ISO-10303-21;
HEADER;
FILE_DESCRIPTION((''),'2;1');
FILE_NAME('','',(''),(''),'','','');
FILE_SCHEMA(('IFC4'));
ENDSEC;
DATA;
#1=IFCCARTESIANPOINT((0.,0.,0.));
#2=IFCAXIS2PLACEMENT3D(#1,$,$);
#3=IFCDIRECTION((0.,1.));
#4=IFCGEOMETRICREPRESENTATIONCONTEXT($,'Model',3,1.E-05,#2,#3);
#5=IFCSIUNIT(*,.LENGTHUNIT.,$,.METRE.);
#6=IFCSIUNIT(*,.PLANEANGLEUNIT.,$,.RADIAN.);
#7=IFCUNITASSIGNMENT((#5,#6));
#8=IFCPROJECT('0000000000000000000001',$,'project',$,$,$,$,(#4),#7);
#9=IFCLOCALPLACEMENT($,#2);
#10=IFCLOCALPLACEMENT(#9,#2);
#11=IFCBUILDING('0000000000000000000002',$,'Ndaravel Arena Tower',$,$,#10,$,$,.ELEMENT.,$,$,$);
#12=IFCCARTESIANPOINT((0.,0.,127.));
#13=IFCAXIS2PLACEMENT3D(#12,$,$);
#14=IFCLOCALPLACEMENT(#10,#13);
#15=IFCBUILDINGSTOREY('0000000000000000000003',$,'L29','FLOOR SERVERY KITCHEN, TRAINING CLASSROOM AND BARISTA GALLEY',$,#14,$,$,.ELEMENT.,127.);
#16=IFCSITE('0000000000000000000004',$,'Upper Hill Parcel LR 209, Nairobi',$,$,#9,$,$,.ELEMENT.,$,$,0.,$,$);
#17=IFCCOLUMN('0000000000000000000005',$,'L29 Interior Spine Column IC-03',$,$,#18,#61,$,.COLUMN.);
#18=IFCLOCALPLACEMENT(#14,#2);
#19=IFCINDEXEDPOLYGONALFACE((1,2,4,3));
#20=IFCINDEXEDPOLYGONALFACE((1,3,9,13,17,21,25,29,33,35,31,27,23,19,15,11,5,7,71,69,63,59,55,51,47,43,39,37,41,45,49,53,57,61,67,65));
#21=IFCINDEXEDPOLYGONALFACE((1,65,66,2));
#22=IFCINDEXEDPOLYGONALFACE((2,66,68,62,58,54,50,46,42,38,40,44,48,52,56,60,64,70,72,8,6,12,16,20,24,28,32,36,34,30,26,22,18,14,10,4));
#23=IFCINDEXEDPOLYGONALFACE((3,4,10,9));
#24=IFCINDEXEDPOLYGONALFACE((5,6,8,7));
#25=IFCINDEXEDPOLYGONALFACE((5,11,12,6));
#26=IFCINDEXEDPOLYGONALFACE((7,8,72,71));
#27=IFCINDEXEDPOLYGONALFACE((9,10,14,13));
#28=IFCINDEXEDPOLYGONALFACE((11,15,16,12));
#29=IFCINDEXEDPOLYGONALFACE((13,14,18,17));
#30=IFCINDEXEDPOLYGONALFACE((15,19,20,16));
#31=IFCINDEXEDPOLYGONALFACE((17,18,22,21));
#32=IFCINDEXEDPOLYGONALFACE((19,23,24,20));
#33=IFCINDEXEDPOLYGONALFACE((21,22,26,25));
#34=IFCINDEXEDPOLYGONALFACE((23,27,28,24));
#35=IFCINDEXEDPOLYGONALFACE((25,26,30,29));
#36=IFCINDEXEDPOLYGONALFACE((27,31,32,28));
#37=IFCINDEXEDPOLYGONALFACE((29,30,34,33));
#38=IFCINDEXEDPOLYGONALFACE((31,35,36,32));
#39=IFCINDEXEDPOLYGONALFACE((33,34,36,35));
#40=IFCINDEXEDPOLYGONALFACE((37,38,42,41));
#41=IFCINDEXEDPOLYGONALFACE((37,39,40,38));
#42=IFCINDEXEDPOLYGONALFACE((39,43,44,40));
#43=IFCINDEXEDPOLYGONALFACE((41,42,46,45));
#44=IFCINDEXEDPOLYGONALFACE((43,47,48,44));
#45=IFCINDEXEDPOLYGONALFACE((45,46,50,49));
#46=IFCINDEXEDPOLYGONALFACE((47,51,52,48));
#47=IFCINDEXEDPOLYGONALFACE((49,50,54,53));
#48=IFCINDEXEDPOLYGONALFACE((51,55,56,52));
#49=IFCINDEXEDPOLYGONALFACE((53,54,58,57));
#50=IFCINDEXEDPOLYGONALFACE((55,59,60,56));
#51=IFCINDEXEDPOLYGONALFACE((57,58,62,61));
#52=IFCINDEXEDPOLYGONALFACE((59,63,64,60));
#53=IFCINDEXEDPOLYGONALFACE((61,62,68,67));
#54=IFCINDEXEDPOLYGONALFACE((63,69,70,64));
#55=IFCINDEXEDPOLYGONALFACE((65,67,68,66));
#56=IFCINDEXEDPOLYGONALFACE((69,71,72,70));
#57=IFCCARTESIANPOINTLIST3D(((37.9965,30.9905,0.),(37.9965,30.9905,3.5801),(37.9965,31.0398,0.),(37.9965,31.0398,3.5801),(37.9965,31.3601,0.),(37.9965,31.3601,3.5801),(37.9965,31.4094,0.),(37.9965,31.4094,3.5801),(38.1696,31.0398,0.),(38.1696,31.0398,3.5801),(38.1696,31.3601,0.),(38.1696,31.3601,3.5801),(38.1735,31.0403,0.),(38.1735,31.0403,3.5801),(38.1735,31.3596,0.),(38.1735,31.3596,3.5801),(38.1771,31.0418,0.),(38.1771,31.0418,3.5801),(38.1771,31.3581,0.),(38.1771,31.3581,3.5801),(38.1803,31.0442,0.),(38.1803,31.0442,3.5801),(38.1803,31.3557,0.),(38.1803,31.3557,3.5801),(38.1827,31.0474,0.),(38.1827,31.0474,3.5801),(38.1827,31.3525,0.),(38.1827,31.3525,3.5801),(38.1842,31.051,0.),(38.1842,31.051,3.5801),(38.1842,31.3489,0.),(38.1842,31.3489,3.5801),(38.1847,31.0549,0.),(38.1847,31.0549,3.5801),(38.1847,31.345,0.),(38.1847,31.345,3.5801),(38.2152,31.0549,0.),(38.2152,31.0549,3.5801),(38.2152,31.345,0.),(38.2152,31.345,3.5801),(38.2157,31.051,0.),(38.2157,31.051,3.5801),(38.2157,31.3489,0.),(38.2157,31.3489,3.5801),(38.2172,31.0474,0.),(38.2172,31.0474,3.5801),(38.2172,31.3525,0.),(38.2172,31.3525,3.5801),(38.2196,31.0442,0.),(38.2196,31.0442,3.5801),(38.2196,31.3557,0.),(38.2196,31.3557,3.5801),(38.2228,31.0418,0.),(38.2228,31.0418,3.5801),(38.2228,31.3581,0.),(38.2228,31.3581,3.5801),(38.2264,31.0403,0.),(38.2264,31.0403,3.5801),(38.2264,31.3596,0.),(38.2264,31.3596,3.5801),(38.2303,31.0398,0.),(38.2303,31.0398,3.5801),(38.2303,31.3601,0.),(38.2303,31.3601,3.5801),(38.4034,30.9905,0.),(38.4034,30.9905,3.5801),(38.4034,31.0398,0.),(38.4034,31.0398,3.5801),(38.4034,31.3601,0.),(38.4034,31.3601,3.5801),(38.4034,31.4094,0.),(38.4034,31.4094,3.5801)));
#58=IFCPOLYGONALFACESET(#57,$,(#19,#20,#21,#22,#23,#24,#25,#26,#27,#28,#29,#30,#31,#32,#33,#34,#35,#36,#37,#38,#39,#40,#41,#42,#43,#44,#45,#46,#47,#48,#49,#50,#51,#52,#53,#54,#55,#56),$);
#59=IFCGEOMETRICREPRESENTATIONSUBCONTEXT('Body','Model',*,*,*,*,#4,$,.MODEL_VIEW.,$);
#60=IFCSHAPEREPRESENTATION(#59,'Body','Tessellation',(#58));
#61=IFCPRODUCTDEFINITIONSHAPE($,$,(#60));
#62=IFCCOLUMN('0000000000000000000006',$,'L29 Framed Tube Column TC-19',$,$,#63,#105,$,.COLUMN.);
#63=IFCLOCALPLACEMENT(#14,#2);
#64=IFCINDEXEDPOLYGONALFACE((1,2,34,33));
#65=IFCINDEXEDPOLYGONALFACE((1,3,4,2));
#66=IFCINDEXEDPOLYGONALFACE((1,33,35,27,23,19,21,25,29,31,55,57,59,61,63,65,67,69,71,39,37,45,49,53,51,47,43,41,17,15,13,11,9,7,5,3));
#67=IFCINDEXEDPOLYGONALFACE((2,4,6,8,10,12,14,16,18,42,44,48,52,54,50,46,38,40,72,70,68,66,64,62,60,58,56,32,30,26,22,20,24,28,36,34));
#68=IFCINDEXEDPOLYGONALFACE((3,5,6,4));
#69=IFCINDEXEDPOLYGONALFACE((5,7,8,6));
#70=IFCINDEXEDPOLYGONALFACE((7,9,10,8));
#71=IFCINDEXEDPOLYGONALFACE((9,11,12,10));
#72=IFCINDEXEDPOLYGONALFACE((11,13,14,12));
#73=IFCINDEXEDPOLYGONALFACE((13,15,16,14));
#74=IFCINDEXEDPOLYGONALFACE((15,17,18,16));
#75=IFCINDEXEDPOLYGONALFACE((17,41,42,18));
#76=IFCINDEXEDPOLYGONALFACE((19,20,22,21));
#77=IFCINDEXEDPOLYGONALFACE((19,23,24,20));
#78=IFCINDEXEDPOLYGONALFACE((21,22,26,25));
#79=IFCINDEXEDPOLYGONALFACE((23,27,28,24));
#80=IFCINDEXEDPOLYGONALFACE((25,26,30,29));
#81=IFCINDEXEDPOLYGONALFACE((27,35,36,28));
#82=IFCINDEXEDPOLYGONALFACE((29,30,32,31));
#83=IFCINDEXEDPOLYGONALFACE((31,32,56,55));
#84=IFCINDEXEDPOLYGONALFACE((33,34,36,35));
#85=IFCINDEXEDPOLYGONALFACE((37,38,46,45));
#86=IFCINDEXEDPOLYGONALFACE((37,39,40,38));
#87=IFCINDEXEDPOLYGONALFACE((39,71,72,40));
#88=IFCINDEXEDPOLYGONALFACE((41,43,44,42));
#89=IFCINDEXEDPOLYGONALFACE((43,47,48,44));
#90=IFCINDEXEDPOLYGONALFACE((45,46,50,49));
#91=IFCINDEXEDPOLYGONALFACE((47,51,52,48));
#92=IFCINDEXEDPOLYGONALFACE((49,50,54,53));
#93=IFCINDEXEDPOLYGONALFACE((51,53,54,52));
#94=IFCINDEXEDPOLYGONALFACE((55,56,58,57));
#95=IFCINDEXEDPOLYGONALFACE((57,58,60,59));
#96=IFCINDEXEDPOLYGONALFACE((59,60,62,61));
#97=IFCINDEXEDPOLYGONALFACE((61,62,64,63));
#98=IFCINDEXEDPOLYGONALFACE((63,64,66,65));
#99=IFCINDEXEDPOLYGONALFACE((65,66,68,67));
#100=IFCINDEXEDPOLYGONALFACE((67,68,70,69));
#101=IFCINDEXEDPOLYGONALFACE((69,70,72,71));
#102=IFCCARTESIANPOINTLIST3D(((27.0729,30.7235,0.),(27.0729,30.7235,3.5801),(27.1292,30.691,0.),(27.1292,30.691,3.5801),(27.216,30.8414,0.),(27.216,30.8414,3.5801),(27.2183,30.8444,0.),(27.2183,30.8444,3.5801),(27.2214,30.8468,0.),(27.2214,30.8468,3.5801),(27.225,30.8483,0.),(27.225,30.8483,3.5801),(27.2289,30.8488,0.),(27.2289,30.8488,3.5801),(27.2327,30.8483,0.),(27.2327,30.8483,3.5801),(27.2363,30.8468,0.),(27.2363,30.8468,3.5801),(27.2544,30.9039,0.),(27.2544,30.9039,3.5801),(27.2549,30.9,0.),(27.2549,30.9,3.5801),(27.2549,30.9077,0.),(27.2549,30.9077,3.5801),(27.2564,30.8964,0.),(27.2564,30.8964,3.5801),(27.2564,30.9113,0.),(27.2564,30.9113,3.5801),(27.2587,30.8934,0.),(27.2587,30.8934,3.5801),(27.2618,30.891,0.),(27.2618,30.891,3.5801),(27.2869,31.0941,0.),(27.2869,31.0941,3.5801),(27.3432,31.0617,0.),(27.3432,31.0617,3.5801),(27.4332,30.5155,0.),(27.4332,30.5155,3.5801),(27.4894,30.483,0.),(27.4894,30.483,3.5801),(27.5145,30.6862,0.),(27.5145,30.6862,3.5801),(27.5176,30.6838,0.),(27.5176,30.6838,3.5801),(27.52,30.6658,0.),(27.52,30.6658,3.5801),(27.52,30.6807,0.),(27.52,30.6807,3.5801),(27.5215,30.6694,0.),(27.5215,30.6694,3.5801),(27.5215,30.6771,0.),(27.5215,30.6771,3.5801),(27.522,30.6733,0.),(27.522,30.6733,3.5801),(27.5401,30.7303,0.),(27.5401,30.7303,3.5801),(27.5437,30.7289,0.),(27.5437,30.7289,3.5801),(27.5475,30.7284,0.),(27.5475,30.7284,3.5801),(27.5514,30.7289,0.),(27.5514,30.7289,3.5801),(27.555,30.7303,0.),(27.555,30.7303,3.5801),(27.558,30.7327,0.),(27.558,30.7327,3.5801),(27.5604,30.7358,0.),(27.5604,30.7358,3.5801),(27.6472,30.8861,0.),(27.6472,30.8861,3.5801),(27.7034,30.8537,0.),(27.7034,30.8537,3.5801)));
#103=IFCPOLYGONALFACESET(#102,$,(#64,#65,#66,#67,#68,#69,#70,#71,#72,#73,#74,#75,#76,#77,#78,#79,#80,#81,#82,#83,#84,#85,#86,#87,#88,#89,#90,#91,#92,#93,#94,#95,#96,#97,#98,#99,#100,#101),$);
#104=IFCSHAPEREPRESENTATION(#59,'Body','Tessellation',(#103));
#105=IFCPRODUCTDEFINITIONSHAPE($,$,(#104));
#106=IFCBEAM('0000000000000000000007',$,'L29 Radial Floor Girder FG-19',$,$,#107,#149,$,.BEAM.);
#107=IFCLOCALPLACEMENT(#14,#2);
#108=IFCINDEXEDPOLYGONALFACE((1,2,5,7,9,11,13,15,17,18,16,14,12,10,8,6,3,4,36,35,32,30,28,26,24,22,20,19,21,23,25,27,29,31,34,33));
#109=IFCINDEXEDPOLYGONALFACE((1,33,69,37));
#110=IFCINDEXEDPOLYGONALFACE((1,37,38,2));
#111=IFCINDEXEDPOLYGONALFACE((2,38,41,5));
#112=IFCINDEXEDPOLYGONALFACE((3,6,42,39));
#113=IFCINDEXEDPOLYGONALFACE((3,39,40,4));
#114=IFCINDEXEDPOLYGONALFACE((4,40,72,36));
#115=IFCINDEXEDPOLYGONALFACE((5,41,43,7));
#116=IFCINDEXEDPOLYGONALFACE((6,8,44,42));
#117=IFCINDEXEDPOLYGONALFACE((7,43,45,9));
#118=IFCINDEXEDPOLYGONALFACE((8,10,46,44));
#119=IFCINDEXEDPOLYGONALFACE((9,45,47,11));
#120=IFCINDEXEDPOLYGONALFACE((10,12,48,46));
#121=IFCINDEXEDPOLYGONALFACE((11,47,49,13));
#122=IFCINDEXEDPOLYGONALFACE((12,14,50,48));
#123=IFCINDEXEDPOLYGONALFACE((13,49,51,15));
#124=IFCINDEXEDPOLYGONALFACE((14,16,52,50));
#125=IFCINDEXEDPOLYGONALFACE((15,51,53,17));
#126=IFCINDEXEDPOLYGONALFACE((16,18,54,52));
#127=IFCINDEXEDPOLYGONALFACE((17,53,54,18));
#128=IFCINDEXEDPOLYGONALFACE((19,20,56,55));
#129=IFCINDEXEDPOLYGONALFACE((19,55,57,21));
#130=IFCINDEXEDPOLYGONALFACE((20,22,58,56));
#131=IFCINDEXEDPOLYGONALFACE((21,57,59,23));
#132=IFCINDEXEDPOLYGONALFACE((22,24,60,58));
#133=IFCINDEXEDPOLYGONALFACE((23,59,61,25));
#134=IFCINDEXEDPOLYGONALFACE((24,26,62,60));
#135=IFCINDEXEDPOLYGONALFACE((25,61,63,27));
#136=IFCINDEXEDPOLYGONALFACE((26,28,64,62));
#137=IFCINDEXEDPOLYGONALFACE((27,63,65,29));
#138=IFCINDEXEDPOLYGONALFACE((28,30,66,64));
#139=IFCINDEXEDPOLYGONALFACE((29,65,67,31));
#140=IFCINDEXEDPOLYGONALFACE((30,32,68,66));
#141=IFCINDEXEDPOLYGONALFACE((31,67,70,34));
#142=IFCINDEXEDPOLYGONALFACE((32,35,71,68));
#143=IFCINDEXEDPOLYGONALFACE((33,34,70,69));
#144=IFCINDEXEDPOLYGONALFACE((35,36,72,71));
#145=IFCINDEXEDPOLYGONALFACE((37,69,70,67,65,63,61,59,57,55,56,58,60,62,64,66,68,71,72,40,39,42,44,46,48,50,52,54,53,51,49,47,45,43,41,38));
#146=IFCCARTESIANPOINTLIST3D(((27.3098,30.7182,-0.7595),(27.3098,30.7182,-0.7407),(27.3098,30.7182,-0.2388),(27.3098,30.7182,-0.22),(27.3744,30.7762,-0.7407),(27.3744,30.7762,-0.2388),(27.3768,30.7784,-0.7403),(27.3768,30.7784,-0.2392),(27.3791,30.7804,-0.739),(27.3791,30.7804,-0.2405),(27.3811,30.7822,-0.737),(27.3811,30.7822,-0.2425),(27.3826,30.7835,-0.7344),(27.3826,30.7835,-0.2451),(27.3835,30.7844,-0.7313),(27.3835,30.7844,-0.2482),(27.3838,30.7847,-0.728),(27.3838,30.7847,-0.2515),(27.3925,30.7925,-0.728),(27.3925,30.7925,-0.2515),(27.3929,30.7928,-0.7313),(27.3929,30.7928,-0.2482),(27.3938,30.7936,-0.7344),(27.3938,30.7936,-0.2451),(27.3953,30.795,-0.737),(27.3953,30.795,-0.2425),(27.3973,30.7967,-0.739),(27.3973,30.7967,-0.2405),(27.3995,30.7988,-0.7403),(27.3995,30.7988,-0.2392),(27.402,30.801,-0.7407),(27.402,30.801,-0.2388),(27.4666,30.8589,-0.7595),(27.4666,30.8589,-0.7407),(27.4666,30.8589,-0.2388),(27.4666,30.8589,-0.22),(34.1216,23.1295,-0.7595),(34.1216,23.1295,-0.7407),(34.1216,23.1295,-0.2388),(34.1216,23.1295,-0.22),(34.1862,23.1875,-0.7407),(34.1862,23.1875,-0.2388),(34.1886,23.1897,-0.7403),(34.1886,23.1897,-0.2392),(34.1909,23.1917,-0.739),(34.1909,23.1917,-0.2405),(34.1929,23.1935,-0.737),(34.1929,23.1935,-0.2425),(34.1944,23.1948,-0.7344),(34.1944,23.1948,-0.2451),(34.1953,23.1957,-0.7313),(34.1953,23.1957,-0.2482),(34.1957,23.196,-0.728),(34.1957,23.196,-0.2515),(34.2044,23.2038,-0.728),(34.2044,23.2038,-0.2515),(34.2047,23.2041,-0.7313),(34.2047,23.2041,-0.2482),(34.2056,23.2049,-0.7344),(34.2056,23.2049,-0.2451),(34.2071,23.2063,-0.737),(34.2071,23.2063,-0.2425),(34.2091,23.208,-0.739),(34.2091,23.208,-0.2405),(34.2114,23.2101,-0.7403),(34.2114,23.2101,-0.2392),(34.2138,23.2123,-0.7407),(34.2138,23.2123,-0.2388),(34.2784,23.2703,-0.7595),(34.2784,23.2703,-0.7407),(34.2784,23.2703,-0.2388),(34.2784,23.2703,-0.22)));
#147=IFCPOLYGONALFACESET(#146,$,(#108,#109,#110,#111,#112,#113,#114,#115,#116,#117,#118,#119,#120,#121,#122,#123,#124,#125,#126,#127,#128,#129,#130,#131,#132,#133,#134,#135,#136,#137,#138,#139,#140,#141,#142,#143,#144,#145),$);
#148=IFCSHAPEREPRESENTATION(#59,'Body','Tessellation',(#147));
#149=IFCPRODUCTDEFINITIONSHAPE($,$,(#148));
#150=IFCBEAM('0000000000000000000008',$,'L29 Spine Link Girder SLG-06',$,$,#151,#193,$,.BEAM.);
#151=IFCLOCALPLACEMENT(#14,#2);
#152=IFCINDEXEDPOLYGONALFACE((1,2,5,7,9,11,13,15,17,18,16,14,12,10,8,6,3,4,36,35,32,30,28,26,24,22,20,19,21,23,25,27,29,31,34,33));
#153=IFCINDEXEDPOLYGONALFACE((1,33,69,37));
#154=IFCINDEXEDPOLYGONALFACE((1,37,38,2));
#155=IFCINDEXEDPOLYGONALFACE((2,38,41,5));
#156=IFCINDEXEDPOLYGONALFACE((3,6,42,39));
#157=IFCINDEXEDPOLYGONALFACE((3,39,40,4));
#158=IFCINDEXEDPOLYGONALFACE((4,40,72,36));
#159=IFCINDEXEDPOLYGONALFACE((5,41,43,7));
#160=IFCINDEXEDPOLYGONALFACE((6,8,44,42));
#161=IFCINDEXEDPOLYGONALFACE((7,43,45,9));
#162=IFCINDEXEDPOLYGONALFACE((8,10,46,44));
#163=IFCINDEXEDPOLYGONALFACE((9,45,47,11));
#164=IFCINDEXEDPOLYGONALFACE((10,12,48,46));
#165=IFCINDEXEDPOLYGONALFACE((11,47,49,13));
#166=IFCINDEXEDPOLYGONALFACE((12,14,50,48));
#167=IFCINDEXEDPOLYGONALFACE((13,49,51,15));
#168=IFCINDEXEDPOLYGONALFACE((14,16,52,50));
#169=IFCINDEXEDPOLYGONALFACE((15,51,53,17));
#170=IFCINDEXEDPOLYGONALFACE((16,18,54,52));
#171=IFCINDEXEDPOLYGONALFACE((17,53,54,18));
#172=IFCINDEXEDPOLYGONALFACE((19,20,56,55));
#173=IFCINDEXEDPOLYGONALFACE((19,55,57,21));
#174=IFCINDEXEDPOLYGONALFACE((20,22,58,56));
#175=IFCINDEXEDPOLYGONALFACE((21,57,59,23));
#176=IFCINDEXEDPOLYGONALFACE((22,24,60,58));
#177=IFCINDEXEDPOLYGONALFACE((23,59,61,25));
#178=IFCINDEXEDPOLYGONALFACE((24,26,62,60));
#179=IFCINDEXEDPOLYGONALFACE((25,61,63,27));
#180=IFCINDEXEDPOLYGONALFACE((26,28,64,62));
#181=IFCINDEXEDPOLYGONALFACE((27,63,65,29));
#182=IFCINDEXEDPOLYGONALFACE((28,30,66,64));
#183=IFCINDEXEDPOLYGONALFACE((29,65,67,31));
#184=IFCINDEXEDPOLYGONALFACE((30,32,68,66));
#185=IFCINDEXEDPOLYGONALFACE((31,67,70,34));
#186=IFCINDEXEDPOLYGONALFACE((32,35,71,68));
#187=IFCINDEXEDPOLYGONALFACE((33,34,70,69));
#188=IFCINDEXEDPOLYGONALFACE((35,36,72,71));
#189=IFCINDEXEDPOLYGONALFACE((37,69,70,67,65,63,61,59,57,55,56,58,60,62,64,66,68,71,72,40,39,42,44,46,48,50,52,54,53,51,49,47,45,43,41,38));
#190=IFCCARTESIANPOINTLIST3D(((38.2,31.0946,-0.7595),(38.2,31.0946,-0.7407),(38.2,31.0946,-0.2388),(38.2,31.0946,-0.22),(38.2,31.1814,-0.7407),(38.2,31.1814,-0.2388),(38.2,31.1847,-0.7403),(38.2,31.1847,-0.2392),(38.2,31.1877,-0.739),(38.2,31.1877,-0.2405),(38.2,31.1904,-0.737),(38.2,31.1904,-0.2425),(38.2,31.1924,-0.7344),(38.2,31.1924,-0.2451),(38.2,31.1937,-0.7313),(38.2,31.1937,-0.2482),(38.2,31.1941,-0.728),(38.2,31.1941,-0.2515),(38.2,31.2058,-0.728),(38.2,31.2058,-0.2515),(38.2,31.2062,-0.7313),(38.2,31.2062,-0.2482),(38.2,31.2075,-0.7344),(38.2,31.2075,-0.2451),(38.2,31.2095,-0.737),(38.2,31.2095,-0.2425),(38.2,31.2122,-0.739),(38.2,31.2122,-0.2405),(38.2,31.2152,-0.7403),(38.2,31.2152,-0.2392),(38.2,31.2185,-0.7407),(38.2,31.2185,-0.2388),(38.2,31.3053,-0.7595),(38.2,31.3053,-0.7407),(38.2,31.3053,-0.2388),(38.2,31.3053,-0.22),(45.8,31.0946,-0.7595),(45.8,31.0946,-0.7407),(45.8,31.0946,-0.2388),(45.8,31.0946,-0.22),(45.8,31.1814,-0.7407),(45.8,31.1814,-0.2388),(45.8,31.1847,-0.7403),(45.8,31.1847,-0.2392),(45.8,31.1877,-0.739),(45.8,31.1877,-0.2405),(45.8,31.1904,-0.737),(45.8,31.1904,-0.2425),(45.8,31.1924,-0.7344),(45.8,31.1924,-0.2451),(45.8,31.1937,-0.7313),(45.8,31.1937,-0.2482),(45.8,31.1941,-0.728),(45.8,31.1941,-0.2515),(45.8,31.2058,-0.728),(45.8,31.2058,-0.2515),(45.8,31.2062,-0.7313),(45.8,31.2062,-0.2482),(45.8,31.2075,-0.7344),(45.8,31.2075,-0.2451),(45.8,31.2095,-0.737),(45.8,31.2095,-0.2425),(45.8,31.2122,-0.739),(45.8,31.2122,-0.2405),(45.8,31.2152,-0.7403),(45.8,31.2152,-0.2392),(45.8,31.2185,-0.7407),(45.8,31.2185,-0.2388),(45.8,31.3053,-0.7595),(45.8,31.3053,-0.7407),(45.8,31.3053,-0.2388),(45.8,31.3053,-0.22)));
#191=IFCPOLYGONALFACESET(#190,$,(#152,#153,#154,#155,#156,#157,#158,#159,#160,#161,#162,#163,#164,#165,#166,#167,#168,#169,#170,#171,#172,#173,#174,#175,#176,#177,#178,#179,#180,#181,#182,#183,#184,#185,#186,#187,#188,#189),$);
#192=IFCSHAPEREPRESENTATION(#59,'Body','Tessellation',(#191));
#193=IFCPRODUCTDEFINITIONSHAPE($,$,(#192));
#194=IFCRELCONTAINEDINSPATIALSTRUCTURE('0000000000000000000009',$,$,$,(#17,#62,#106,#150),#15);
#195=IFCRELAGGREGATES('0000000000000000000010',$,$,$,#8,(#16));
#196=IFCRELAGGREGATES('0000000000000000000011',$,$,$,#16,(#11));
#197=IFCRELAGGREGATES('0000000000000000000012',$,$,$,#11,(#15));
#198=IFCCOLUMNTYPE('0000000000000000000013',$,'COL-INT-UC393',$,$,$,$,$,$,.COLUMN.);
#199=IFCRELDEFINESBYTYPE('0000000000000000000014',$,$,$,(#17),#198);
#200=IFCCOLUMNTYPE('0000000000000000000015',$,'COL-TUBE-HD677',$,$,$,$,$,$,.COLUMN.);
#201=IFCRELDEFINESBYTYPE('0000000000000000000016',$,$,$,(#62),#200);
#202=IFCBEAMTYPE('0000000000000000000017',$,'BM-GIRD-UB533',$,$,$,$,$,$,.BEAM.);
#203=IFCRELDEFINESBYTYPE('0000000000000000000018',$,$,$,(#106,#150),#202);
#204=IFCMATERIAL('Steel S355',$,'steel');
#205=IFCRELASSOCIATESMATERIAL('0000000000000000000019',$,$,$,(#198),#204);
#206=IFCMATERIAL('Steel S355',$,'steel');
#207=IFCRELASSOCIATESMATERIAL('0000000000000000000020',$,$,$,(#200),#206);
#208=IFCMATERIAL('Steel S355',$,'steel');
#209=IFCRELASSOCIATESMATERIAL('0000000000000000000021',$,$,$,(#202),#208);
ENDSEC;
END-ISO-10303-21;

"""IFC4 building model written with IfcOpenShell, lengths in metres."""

from ifc_helpers import new_model, si_unit, direction, frame, origin, origin_2d, place, context, subcontext, project, spatial, i_section, extrude, material, material_profile, profile_set, type_object, element, save


model = new_model("IFC4")

# Units and contexts
model_context = context("Model", 3, precision=1e-05, world=origin(), true_north=direction((0.0, 1.0)))
body_context = subcontext(model_context, "Body", "Model", "MODEL_VIEW")
ifc_project = project(units=[si_unit("LENGTHUNIT", "METRE"), si_unit("PLANEANGLEUNIT", "RADIAN")], contexts=[model_context])

# Site, building, storey
site_placement = place(None, origin())
site = spatial("IfcSite", under=ifc_project, at=site_placement, Name="Upper Hill Parcel LR 209, Nairobi", CompositionType="ELEMENT", RefElevation=0.0)
building_placement = place(site_placement, origin())
building = spatial("IfcBuilding", under=site, at=building_placement, Name="Ndaravel Arena Tower", CompositionType="ELEMENT")
storey_placement = place(building_placement, frame((0.0, 0.0, 127.0)))
storey = spatial("IfcBuildingStorey", under=building, at=storey_placement, Name="L29", Description="FLOOR SERVERY KITCHEN, TRAINING CLASSROOM AND BARISTA GALLEY", CompositionType="ELEMENT", Elevation=127.0)

# Columns
ifc_material_1 = material(Name="Steel S355", Category="steel")
ifc_material_profile_1 = material_profile(ifc_material_1, i_section(OverallWidth=0.407, OverallDepth=0.4189, WebThickness=0.0305, FlangeThickness=0.0493, FilletRadius=0.0151, at=origin_2d()), Name="UC 356x406x393")
ifc_profile_set_1 = profile_set([ifc_material_profile_1], Name="Steel S355")
column_type_1 = type_object("IfcColumnType", Name="COL-INT-UC393", PredefinedType="COLUMN", material=ifc_profile_set_1)
column_1_placement = place(storey_placement, frame((38.2, 31.2, 0.0), z_axis=(0.0, 0.0, 1.0), x_axis=(1.0, 0.0, 0.0)))
element("IfcColumn", 1, at=column_1_placement, inside=storey, type_object=column_type_1, Name="L29 Interior Spine Column IC-03", PredefinedType="COLUMN", context=body_context, shape_type="SweptSolid", body=[
    extrude(i_section(OverallWidth=0.407, OverallDepth=0.4189, WebThickness=0.0305, FlangeThickness=0.0493, FilletRadius=0.0151, at=origin_2d()), origin(), (0.0, 0.0, 1.0), 3.5801),
])
ifc_material_2 = material(Name="Steel S355", Category="steel")
ifc_material_profile_2 = material_profile(ifc_material_2, i_section(OverallWidth=0.428, OverallDepth=0.481, WebThickness=0.051, FlangeThickness=0.0649, FilletRadius=0.0149, at=origin_2d()), Name="HD 400x677")
ifc_profile_set_2 = profile_set([ifc_material_profile_2], Name="Steel S355")
column_type_2 = type_object("IfcColumnType", Name="COL-TUBE-HD677", PredefinedType="COLUMN", material=ifc_profile_set_2)
column_2_placement = place(storey_placement, frame((27.3882, 30.7886, 0.0), z_axis=(0.0, 0.0, 1.0), x_axis=(0.5, 0.866025, 0.0)))
element("IfcColumn", 2, at=column_2_placement, inside=storey, type_object=column_type_2, Name="L29 Framed Tube Column TC-19", PredefinedType="COLUMN", context=body_context, shape_type="SweptSolid", body=[
    extrude(i_section(OverallWidth=0.428, OverallDepth=0.481, WebThickness=0.051, FlangeThickness=0.0649, FilletRadius=0.0149, at=origin_2d()), origin(), (0.0, 0.0, 1.0), 3.5801),
])

# Beams
ifc_material_3 = material(Name="Steel S355", Category="steel")
ifc_material_profile_3 = material_profile(ifc_material_3, i_section(OverallWidth=0.2107, OverallDepth=0.5396, WebThickness=0.0117, FlangeThickness=0.0188, FilletRadius=0.0127, at=origin_2d()), Name="UB 533x210x109")
ifc_profile_set_3 = profile_set([ifc_material_profile_3], Name="Steel S355")
beam_type_1 = type_object("IfcBeamType", Name="BM-GIRD-UB533", PredefinedType="BEAM", material=ifc_profile_set_3)
beam_1_placement = place(storey_placement, frame((27.3882, 30.7886, -0.4897), z_axis=(0.667989, -0.744171, 0.0), x_axis=(0.744171, 0.667989, 0.0)))
element("IfcBeam", 3, at=beam_1_placement, inside=storey, type_object=beam_type_1, Name="L29 Radial Floor Girder FG-19", PredefinedType="BEAM", context=body_context, shape_type="SweptSolid", body=[
    extrude(i_section(OverallWidth=0.2107, OverallDepth=0.5396, WebThickness=0.0117, FlangeThickness=0.0188, FilletRadius=0.0127, at=origin_2d()), origin(), (0.0, 0.0, 1.0), 10.1975),
])
beam_2_placement = place(storey_placement, frame((38.2, 31.2, -0.4897), z_axis=(1.0, 0.0, 0.0), x_axis=(0.0, 1.0, 0.0)))
element("IfcBeam", 4, at=beam_2_placement, inside=storey, type_object=beam_type_1, Name="L29 Spine Link Girder SLG-06", PredefinedType="BEAM", context=body_context, shape_type="SweptSolid", body=[
    extrude(i_section(OverallWidth=0.2107, OverallDepth=0.5396, WebThickness=0.0117, FlangeThickness=0.0188, FilletRadius=0.0127, at=origin_2d()), origin(), (0.0, 0.0, 1.0), 7.6001),
])

save(model, "model.ifc")
